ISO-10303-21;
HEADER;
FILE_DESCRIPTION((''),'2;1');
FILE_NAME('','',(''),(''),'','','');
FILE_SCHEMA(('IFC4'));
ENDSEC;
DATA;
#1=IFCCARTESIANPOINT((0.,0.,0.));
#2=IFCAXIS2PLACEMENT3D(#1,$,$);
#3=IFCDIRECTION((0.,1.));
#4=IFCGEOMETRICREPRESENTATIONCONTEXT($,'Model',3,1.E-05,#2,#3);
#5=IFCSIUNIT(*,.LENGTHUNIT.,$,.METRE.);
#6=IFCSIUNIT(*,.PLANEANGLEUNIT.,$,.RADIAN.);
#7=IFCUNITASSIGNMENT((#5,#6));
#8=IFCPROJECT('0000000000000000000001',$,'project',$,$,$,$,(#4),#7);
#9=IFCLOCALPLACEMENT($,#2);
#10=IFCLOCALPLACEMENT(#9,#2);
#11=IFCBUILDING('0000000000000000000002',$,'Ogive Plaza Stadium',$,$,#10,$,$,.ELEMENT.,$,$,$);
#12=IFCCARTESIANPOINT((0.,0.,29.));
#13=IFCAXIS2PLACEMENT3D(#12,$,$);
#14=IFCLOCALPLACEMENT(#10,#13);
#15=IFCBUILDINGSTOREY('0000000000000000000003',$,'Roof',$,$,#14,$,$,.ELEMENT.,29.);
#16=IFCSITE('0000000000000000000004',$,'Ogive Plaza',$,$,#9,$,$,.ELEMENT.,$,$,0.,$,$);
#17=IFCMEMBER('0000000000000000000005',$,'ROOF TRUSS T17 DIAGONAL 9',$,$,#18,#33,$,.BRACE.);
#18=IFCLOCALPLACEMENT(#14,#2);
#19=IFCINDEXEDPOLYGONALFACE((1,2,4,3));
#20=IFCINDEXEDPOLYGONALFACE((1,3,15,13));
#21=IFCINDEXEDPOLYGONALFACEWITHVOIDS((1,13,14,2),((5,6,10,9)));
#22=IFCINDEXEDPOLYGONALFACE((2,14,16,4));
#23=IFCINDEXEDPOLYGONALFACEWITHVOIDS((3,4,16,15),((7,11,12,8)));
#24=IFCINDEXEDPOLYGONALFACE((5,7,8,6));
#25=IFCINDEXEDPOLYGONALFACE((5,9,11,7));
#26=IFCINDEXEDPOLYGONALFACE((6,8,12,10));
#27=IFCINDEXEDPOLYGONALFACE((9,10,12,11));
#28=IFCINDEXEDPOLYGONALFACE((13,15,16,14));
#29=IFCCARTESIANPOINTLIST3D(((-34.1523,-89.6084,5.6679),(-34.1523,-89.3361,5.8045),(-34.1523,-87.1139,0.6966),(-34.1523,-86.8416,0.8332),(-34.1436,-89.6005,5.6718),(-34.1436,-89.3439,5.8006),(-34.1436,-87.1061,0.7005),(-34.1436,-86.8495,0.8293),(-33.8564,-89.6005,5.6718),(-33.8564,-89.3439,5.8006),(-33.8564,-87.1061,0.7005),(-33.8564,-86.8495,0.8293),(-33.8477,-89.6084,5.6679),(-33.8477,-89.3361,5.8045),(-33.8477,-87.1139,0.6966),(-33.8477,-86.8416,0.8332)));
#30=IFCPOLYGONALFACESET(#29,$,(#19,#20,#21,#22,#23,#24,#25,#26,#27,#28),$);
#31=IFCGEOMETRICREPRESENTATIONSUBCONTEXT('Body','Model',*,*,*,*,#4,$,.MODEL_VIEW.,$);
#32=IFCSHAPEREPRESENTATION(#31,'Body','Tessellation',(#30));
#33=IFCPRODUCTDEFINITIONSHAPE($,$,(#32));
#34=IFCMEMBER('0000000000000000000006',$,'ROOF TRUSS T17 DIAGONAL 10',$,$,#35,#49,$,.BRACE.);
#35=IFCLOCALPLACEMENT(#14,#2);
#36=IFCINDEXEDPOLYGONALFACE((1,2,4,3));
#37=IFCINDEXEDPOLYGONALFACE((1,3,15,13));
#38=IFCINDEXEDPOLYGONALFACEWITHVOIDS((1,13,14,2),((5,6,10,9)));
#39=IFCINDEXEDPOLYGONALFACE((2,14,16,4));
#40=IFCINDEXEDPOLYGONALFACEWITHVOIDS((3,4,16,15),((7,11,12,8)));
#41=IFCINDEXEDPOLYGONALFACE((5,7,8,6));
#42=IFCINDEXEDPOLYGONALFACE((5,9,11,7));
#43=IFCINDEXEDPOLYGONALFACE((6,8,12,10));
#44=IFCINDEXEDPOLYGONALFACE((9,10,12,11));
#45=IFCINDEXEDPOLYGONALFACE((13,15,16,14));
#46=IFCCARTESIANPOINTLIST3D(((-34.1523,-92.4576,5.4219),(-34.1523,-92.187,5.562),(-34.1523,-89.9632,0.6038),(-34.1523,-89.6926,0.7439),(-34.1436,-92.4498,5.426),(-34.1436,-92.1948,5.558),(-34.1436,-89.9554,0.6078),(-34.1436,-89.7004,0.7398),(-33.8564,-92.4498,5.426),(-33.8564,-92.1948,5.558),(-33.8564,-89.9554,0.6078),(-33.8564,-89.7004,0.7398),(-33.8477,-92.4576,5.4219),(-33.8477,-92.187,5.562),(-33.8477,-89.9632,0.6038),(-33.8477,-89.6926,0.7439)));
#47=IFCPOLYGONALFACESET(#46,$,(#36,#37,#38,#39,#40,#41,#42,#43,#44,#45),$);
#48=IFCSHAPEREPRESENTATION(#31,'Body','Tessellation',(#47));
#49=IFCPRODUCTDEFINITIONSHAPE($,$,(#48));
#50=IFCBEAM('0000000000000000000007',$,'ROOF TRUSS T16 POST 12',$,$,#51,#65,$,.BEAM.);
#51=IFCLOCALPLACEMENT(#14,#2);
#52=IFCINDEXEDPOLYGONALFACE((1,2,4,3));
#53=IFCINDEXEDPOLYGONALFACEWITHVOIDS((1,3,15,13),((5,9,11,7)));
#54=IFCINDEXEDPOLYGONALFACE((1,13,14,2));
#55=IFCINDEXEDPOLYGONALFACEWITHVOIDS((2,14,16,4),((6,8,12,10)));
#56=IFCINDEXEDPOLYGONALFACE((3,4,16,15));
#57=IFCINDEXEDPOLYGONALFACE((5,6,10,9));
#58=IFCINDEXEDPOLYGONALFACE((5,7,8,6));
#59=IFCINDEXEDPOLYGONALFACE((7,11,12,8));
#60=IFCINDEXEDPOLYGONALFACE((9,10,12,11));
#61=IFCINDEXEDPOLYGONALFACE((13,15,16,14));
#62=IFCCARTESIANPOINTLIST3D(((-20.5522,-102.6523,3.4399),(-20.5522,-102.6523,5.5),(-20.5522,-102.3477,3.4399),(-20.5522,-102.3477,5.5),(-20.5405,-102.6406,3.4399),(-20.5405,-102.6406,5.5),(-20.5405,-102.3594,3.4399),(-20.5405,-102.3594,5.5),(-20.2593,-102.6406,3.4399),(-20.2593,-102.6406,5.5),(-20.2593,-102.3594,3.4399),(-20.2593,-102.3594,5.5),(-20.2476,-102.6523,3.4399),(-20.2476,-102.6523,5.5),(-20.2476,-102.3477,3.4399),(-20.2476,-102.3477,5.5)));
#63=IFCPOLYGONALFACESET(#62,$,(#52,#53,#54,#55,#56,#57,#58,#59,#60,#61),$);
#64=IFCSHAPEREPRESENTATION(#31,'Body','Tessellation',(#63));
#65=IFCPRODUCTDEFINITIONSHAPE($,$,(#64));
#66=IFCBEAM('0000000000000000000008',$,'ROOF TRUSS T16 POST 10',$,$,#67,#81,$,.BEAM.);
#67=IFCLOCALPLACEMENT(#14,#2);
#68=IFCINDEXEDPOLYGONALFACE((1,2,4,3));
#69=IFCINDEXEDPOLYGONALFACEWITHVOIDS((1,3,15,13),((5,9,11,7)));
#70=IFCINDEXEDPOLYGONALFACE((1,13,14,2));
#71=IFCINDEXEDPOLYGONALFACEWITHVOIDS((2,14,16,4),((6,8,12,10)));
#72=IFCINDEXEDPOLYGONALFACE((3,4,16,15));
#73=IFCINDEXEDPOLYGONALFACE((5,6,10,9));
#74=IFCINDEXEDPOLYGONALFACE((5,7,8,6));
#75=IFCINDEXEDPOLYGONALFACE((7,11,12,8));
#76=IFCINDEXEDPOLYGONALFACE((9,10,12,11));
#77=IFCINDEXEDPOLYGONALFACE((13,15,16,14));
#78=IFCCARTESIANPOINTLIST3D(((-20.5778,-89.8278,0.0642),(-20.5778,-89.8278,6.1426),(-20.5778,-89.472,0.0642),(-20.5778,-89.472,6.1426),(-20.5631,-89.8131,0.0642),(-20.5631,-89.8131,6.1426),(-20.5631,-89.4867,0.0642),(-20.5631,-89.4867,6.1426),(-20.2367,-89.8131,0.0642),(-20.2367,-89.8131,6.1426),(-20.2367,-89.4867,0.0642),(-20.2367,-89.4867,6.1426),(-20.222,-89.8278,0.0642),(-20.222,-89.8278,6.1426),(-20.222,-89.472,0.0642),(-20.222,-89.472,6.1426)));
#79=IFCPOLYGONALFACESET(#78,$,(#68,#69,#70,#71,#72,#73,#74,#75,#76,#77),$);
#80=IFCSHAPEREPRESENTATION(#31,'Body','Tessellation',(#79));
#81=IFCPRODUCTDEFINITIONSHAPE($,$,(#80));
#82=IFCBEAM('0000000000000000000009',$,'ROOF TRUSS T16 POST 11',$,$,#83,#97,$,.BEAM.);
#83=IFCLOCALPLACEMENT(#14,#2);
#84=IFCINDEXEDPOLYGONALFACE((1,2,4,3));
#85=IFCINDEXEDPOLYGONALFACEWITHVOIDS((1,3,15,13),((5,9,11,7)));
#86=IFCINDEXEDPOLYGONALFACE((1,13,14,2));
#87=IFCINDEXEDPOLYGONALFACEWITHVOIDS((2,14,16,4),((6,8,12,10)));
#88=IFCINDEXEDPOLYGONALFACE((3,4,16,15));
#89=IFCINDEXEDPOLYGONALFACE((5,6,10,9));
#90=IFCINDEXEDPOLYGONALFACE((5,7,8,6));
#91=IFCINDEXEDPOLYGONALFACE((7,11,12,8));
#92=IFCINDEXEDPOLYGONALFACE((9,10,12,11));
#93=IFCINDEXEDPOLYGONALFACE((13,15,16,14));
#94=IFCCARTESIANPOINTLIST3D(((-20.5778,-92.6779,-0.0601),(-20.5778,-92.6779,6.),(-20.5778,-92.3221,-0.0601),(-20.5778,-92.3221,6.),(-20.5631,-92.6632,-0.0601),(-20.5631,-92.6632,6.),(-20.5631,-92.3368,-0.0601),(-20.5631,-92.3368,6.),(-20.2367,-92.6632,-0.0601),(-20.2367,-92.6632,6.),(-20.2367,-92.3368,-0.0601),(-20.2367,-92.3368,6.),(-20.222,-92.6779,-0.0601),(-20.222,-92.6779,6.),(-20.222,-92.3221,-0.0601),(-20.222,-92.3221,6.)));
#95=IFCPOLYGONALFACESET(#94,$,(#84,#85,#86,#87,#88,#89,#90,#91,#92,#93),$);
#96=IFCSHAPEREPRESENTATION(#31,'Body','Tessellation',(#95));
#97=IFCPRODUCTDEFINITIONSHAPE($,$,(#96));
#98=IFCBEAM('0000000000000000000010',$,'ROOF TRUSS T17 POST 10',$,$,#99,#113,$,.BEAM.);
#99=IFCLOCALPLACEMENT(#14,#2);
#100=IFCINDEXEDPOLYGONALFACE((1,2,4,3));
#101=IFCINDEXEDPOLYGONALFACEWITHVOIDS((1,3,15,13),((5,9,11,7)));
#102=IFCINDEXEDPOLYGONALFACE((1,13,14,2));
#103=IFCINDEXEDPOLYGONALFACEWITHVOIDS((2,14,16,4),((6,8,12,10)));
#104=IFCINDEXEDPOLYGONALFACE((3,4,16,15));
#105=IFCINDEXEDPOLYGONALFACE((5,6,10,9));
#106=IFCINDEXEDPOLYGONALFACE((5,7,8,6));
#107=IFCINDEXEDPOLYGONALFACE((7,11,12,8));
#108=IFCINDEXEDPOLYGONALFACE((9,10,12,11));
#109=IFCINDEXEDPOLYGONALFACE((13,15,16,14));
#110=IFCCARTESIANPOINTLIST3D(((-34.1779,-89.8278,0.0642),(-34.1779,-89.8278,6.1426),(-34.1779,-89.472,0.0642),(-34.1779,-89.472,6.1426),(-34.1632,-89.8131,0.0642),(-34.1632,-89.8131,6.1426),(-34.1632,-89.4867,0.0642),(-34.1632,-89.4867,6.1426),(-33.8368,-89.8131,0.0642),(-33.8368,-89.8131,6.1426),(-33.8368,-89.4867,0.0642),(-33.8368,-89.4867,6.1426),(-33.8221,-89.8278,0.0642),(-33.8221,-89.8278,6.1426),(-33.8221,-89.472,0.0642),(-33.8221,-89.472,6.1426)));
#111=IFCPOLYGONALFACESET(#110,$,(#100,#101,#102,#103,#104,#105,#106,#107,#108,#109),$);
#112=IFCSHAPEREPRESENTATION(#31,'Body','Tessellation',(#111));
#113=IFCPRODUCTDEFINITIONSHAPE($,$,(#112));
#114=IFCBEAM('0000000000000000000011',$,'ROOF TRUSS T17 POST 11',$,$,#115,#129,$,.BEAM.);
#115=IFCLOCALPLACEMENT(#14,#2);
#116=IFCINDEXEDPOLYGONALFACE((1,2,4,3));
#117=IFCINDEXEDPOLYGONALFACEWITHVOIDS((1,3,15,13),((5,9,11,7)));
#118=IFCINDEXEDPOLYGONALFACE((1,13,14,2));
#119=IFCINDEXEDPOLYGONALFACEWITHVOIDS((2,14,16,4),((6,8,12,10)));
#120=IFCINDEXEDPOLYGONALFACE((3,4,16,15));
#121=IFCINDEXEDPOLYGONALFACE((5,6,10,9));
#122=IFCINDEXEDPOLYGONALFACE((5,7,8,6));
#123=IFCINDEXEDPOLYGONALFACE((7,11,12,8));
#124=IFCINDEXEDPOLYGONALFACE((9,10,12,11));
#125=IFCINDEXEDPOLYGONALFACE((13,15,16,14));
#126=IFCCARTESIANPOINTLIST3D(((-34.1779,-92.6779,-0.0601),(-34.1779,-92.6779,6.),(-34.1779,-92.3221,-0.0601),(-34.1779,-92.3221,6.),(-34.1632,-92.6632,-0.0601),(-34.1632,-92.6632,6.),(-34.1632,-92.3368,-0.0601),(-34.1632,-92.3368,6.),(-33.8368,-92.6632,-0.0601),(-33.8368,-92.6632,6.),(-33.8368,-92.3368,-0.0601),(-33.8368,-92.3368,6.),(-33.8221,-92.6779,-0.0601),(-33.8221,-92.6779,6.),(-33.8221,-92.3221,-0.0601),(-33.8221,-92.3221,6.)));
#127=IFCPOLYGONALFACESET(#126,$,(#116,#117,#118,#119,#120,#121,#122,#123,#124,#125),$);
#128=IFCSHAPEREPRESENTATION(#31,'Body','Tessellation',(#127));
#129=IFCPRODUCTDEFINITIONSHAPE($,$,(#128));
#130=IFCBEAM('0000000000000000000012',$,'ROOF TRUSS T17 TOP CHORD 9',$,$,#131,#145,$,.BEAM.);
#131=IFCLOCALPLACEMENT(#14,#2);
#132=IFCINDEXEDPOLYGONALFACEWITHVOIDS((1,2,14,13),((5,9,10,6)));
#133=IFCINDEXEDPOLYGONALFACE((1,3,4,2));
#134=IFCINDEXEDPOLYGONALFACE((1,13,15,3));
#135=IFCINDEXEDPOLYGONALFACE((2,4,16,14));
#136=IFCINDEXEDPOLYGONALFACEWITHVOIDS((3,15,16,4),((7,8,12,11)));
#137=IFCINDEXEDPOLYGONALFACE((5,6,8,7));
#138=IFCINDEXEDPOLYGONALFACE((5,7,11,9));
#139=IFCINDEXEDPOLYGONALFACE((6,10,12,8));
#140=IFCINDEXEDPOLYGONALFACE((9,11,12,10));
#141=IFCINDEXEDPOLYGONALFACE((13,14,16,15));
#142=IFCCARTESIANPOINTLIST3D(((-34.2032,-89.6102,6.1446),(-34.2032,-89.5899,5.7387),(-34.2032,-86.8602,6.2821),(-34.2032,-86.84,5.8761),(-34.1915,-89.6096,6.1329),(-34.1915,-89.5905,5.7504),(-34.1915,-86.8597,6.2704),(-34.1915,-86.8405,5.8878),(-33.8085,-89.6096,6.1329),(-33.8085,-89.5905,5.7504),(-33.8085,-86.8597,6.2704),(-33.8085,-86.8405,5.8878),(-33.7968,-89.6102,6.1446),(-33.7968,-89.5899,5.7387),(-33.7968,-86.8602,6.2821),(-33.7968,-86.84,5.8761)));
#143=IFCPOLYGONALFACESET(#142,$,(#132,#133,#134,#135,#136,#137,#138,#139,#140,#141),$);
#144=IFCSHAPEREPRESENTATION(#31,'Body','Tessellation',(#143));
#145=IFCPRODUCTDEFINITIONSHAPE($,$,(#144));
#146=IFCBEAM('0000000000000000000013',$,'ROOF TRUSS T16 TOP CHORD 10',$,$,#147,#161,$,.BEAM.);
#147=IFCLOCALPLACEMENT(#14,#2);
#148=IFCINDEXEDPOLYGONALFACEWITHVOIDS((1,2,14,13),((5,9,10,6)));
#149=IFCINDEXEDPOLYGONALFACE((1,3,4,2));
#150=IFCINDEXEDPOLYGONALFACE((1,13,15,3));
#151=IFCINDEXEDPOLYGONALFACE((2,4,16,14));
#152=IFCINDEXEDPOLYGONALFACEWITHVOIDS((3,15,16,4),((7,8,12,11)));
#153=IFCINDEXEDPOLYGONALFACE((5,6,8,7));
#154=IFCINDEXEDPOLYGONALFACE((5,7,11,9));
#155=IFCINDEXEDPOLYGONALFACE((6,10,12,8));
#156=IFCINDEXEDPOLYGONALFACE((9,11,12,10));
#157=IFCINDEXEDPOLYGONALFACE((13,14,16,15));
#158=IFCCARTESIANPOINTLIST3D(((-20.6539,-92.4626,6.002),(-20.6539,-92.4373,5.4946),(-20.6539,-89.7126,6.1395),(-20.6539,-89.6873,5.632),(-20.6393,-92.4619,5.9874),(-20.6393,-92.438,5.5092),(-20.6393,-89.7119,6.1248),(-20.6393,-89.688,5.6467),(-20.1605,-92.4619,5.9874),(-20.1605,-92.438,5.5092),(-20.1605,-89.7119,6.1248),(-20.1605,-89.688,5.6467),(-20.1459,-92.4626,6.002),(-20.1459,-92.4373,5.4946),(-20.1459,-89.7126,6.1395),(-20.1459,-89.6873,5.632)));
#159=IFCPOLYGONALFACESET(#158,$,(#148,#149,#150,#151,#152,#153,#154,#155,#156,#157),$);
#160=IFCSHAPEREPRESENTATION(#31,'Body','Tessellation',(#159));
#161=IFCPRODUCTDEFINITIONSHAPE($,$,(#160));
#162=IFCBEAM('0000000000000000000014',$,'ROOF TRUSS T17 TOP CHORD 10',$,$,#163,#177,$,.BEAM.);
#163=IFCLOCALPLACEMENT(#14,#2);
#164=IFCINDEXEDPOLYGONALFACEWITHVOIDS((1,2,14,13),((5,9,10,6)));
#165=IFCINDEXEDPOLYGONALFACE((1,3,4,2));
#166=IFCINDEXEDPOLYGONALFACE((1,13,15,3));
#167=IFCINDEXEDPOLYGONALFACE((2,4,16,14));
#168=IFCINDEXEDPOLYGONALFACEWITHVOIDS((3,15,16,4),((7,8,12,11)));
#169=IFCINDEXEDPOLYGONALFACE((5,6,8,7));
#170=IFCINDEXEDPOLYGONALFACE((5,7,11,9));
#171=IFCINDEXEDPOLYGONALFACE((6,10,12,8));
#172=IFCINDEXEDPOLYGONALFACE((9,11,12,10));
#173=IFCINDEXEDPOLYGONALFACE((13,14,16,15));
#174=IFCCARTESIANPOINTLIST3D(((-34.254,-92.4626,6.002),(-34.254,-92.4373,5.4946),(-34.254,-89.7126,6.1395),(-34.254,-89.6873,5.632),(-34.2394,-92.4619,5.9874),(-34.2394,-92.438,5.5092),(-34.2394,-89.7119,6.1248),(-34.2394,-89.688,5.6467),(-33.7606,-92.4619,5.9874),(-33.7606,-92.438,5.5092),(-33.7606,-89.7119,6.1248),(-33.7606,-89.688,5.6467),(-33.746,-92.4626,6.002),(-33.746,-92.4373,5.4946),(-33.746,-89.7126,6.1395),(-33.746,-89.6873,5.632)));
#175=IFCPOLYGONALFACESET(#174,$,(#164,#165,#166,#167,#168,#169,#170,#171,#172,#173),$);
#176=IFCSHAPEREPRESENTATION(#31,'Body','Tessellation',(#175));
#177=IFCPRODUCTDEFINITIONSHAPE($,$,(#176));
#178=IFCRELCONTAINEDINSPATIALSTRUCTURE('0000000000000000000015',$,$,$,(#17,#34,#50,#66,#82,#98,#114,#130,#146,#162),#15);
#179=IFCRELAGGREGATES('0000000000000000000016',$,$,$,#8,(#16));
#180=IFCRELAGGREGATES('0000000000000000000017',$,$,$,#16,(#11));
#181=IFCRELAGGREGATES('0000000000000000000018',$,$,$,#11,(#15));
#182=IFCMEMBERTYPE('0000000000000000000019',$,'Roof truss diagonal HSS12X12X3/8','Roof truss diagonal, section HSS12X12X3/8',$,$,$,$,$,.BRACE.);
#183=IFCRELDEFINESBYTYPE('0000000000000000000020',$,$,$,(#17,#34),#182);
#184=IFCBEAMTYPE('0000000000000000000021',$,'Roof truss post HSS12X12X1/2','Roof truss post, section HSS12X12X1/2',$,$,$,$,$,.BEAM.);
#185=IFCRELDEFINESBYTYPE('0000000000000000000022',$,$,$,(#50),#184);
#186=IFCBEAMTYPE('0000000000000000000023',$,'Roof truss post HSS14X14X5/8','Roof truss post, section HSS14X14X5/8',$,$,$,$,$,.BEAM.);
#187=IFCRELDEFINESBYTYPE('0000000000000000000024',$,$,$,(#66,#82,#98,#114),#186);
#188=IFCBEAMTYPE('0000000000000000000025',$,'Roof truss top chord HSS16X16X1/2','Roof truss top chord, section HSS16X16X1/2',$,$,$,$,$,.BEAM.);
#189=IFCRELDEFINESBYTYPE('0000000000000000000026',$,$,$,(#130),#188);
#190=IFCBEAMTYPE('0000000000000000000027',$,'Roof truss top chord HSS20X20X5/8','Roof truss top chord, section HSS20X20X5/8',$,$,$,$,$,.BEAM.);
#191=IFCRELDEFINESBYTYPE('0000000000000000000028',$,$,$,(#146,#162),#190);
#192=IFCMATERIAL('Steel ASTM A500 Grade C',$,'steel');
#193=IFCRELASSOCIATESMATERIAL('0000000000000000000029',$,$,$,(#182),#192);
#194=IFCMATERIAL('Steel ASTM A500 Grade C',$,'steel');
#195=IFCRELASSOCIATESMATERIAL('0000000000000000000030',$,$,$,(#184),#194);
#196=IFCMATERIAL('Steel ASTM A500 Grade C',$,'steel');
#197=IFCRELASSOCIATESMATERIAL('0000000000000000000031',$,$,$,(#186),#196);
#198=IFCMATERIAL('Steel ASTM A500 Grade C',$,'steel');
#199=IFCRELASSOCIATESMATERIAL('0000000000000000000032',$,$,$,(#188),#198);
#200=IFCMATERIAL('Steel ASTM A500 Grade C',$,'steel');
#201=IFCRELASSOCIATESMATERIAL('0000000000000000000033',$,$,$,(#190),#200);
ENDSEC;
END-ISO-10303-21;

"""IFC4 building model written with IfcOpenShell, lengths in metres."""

from ifc_helpers import new_model, si_unit, direction, frame, origin, origin_2d, place, context, subcontext, project, spatial, hollow_rectangle, extrude, material, material_profile, profile_set, type_object, element, save


model = new_model("IFC4")

# Units and contexts
model_context = context("Model", 3, precision=1e-05, world=origin(), true_north=direction((0.0, 1.0)))
body_context = subcontext(model_context, "Body", "Model", "MODEL_VIEW")
ifc_project = project(units=[si_unit("LENGTHUNIT", "METRE"), si_unit("PLANEANGLEUNIT", "RADIAN")], contexts=[model_context])

# Site, building, storey
site_placement = place(None, origin())
site = spatial("IfcSite", under=ifc_project, at=site_placement, Name="Ogive Plaza", CompositionType="ELEMENT", RefElevation=0.0)
building_placement = place(site_placement, origin())
building = spatial("IfcBuilding", under=site, at=building_placement, Name="Ogive Plaza Stadium", CompositionType="ELEMENT")
storey_placement = place(building_placement, frame((0.0, 0.0, 29.0)))
storey = spatial("IfcBuildingStorey", under=building, at=storey_placement, Name="Roof", CompositionType="ELEMENT", Elevation=29.0)

# Members
ifc_material_1 = material(Name="Steel ASTM A500 Grade C", Category="steel")
ifc_material_profile_1 = material_profile(ifc_material_1, hollow_rectangle(XDim=0.3047, YDim=0.3047, WallThickness=0.0088, at=origin_2d()), Name="HSS12X12X3/8")
ifc_profile_set_1 = profile_set([ifc_material_profile_1], Name="Steel ASTM A500 Grade C")
member_type_1 = type_object("IfcMemberType", Name="Roof truss diagonal HSS12X12X3/8", Description="Roof truss diagonal, section HSS12X12X3/8", PredefinedType="BRACE", material=ifc_profile_set_1)
member_1_placement = place(storey_placement, frame((-34.0, -86.9778, 0.7649), z_axis=(0.0, -0.448477, 0.893794), x_axis=(1.0, 0.0, 0.0)))
element("IfcMember", 1, at=member_1_placement, inside=storey, type_object=member_type_1, Name="ROOF TRUSS T17 DIAGONAL 9", PredefinedType="BRACE", context=body_context, shape_type="SweptSolid", body=[
    extrude(hollow_rectangle(XDim=0.3047, YDim=0.3047, WallThickness=0.0088, at=origin_2d()), origin(), (0.0, 0.0, 1.0), 5.562),
])
member_2_placement = place(storey_placement, frame((-34.0, -89.8279, 0.6738), z_axis=(0.0, -0.459751, 0.888048), x_axis=(1.0, 0.0, 0.0)))
element("IfcMember", 2, at=member_2_placement, inside=storey, type_object=member_type_1, Name="ROOF TRUSS T17 DIAGONAL 10", PredefinedType="BRACE", context=body_context, shape_type="SweptSolid", body=[
    extrude(hollow_rectangle(XDim=0.3047, YDim=0.3047, WallThickness=0.0088, at=origin_2d()), origin(), (0.0, 0.0, 1.0), 5.4255),
])

# Beams
ifc_material_2 = material(Name="Steel ASTM A500 Grade C", Category="steel")
ifc_material_profile_2 = material_profile(ifc_material_2, hollow_rectangle(XDim=0.3047, YDim=0.3047, WallThickness=0.0117, at=origin_2d()), Name="HSS12X12X1/2")
ifc_profile_set_2 = profile_set([ifc_material_profile_2], Name="Steel ASTM A500 Grade C")
beam_type_1 = type_object("IfcBeamType", Name="Roof truss post HSS12X12X1/2", Description="Roof truss post, section HSS12X12X1/2", PredefinedType="BEAM", material=ifc_profile_set_2)
beam_1_placement = place(storey_placement, frame((-20.3999, -102.5, 3.4399), z_axis=(0.0, 0.0, 1.0), x_axis=(1.0, 0.0, 0.0)))
element("IfcBeam", 3, at=beam_1_placement, inside=storey, type_object=beam_type_1, Name="ROOF TRUSS T16 POST 12", PredefinedType="BEAM", context=body_context, shape_type="SweptSolid", body=[
    extrude(hollow_rectangle(XDim=0.3047, YDim=0.3047, WallThickness=0.0117, at=origin_2d()), origin(), (0.0, 0.0, 1.0), 2.0601),
])
ifc_material_3 = material(Name="Steel ASTM A500 Grade C", Category="steel")
ifc_material_profile_3 = material_profile(ifc_material_3, hollow_rectangle(XDim=0.3557, YDim=0.3557, WallThickness=0.0146, at=origin_2d()), Name="HSS14X14X5/8")
ifc_profile_set_3 = profile_set([ifc_material_profile_3], Name="Steel ASTM A500 Grade C")
beam_type_2 = type_object("IfcBeamType", Name="Roof truss post HSS14X14X5/8", Description="Roof truss post, section HSS14X14X5/8", PredefinedType="BEAM", material=ifc_profile_set_3)
beam_2_placement = place(storey_placement, frame((-20.3999, -89.6499, 0.0642), z_axis=(0.0, 0.0, 1.0), x_axis=(1.0, 0.0, 0.0)))
element("IfcBeam", 4, at=beam_2_placement, inside=storey, type_object=beam_type_2, Name="ROOF TRUSS T16 POST 10", PredefinedType="BEAM", context=body_context, shape_type="SweptSolid", body=[
    extrude(hollow_rectangle(XDim=0.3557, YDim=0.3557, WallThickness=0.0146, at=origin_2d()), origin(), (0.0, 0.0, 1.0), 6.0784),
])
beam_3_placement = place(storey_placement, frame((-20.3999, -92.5, -0.0601), z_axis=(0.0, 0.0, 1.0), x_axis=(1.0, 0.0, 0.0)))
element("IfcBeam", 5, at=beam_3_placement, inside=storey, type_object=beam_type_2, Name="ROOF TRUSS T16 POST 11", PredefinedType="BEAM", context=body_context, shape_type="SweptSolid", body=[
    extrude(hollow_rectangle(XDim=0.3557, YDim=0.3557, WallThickness=0.0146, at=origin_2d()), origin(), (0.0, 0.0, 1.0), 6.0601),
])
beam_4_placement = place(storey_placement, frame((-34.0, -89.6499, 0.0642), z_axis=(0.0, 0.0, 1.0), x_axis=(1.0, 0.0, 0.0)))
element("IfcBeam", 6, at=beam_4_placement, inside=storey, type_object=beam_type_2, Name="ROOF TRUSS T17 POST 10", PredefinedType="BEAM", context=body_context, shape_type="SweptSolid", body=[
    extrude(hollow_rectangle(XDim=0.3557, YDim=0.3557, WallThickness=0.0146, at=origin_2d()), origin(), (0.0, 0.0, 1.0), 6.0784),
])
beam_5_placement = place(storey_placement, frame((-34.0, -92.5, -0.0601), z_axis=(0.0, 0.0, 1.0), x_axis=(1.0, 0.0, 0.0)))
element("IfcBeam", 7, at=beam_5_placement, inside=storey, type_object=beam_type_2, Name="ROOF TRUSS T17 POST 11", PredefinedType="BEAM", context=body_context, shape_type="SweptSolid", body=[
    extrude(hollow_rectangle(XDim=0.3557, YDim=0.3557, WallThickness=0.0146, at=origin_2d()), origin(), (0.0, 0.0, 1.0), 6.0601),
])
ifc_material_4 = material(Name="Steel ASTM A500 Grade C", Category="steel")
ifc_material_profile_4 = material_profile(ifc_material_4, hollow_rectangle(XDim=0.4065, YDim=0.4065, WallThickness=0.0117, at=origin_2d()), Name="HSS16X16X1/2")
ifc_profile_set_4 = profile_set([ifc_material_profile_4], Name="Steel ASTM A500 Grade C")
beam_type_3 = type_object("IfcBeamType", Name="Roof truss top chord HSS16X16X1/2", Description="Roof truss top chord, section HSS16X16X1/2", PredefinedType="BEAM", material=ifc_profile_set_4)
beam_6_placement = place(storey_placement, frame((-34.0, -86.8501, 6.0791), z_axis=(0.0, -0.998753, -0.04992), x_axis=(1.0, 0.0, 0.0)))
element("IfcBeam", 8, at=beam_6_placement, inside=storey, type_object=beam_type_3, Name="ROOF TRUSS T17 TOP CHORD 9", PredefinedType="BEAM", context=body_context, shape_type="SweptSolid", body=[
    extrude(hollow_rectangle(XDim=0.4065, YDim=0.4065, WallThickness=0.0117, at=origin_2d()), origin(), (0.0, 0.0, 1.0), 2.7534),
])
ifc_material_5 = material(Name="Steel ASTM A500 Grade C", Category="steel")
ifc_material_profile_5 = material_profile(ifc_material_5, hollow_rectangle(XDim=0.5081, YDim=0.5081, WallThickness=0.0146, at=origin_2d()), Name="HSS20X20X5/8")
ifc_profile_set_5 = profile_set([ifc_material_profile_5], Name="Steel ASTM A500 Grade C")
beam_type_4 = type_object("IfcBeamType", Name="Roof truss top chord HSS20X20X5/8", Description="Roof truss top chord, section HSS20X20X5/8", PredefinedType="BEAM", material=ifc_profile_set_5)
for number, where, z_axis, x_axis, name in (
    (9, (-20.3999, -89.7, 5.8857), (0.0, -0.998753, -0.04992), (1.0, 0.0, 0.0), "ROOF TRUSS T16 TOP CHORD 10"),
    (10, (-34.0, -89.7, 5.8857), (0.0, -0.998753, -0.04992), (1.0, 0.0, 0.0), "ROOF TRUSS T17 TOP CHORD 10"),
):
    element("IfcBeam", number, at=place(storey_placement, frame(where, z_axis=z_axis, x_axis=x_axis)), inside=storey, type_object=beam_type_4, Name=name, PredefinedType="BEAM", context=body_context, shape_type="SweptSolid", body=[
        extrude(hollow_rectangle(XDim=0.5081, YDim=0.5081, WallThickness=0.0146, at=origin_2d()), origin(), (0.0, 0.0, 1.0), 2.7534),
    ])

save(model, "model.ifc")
